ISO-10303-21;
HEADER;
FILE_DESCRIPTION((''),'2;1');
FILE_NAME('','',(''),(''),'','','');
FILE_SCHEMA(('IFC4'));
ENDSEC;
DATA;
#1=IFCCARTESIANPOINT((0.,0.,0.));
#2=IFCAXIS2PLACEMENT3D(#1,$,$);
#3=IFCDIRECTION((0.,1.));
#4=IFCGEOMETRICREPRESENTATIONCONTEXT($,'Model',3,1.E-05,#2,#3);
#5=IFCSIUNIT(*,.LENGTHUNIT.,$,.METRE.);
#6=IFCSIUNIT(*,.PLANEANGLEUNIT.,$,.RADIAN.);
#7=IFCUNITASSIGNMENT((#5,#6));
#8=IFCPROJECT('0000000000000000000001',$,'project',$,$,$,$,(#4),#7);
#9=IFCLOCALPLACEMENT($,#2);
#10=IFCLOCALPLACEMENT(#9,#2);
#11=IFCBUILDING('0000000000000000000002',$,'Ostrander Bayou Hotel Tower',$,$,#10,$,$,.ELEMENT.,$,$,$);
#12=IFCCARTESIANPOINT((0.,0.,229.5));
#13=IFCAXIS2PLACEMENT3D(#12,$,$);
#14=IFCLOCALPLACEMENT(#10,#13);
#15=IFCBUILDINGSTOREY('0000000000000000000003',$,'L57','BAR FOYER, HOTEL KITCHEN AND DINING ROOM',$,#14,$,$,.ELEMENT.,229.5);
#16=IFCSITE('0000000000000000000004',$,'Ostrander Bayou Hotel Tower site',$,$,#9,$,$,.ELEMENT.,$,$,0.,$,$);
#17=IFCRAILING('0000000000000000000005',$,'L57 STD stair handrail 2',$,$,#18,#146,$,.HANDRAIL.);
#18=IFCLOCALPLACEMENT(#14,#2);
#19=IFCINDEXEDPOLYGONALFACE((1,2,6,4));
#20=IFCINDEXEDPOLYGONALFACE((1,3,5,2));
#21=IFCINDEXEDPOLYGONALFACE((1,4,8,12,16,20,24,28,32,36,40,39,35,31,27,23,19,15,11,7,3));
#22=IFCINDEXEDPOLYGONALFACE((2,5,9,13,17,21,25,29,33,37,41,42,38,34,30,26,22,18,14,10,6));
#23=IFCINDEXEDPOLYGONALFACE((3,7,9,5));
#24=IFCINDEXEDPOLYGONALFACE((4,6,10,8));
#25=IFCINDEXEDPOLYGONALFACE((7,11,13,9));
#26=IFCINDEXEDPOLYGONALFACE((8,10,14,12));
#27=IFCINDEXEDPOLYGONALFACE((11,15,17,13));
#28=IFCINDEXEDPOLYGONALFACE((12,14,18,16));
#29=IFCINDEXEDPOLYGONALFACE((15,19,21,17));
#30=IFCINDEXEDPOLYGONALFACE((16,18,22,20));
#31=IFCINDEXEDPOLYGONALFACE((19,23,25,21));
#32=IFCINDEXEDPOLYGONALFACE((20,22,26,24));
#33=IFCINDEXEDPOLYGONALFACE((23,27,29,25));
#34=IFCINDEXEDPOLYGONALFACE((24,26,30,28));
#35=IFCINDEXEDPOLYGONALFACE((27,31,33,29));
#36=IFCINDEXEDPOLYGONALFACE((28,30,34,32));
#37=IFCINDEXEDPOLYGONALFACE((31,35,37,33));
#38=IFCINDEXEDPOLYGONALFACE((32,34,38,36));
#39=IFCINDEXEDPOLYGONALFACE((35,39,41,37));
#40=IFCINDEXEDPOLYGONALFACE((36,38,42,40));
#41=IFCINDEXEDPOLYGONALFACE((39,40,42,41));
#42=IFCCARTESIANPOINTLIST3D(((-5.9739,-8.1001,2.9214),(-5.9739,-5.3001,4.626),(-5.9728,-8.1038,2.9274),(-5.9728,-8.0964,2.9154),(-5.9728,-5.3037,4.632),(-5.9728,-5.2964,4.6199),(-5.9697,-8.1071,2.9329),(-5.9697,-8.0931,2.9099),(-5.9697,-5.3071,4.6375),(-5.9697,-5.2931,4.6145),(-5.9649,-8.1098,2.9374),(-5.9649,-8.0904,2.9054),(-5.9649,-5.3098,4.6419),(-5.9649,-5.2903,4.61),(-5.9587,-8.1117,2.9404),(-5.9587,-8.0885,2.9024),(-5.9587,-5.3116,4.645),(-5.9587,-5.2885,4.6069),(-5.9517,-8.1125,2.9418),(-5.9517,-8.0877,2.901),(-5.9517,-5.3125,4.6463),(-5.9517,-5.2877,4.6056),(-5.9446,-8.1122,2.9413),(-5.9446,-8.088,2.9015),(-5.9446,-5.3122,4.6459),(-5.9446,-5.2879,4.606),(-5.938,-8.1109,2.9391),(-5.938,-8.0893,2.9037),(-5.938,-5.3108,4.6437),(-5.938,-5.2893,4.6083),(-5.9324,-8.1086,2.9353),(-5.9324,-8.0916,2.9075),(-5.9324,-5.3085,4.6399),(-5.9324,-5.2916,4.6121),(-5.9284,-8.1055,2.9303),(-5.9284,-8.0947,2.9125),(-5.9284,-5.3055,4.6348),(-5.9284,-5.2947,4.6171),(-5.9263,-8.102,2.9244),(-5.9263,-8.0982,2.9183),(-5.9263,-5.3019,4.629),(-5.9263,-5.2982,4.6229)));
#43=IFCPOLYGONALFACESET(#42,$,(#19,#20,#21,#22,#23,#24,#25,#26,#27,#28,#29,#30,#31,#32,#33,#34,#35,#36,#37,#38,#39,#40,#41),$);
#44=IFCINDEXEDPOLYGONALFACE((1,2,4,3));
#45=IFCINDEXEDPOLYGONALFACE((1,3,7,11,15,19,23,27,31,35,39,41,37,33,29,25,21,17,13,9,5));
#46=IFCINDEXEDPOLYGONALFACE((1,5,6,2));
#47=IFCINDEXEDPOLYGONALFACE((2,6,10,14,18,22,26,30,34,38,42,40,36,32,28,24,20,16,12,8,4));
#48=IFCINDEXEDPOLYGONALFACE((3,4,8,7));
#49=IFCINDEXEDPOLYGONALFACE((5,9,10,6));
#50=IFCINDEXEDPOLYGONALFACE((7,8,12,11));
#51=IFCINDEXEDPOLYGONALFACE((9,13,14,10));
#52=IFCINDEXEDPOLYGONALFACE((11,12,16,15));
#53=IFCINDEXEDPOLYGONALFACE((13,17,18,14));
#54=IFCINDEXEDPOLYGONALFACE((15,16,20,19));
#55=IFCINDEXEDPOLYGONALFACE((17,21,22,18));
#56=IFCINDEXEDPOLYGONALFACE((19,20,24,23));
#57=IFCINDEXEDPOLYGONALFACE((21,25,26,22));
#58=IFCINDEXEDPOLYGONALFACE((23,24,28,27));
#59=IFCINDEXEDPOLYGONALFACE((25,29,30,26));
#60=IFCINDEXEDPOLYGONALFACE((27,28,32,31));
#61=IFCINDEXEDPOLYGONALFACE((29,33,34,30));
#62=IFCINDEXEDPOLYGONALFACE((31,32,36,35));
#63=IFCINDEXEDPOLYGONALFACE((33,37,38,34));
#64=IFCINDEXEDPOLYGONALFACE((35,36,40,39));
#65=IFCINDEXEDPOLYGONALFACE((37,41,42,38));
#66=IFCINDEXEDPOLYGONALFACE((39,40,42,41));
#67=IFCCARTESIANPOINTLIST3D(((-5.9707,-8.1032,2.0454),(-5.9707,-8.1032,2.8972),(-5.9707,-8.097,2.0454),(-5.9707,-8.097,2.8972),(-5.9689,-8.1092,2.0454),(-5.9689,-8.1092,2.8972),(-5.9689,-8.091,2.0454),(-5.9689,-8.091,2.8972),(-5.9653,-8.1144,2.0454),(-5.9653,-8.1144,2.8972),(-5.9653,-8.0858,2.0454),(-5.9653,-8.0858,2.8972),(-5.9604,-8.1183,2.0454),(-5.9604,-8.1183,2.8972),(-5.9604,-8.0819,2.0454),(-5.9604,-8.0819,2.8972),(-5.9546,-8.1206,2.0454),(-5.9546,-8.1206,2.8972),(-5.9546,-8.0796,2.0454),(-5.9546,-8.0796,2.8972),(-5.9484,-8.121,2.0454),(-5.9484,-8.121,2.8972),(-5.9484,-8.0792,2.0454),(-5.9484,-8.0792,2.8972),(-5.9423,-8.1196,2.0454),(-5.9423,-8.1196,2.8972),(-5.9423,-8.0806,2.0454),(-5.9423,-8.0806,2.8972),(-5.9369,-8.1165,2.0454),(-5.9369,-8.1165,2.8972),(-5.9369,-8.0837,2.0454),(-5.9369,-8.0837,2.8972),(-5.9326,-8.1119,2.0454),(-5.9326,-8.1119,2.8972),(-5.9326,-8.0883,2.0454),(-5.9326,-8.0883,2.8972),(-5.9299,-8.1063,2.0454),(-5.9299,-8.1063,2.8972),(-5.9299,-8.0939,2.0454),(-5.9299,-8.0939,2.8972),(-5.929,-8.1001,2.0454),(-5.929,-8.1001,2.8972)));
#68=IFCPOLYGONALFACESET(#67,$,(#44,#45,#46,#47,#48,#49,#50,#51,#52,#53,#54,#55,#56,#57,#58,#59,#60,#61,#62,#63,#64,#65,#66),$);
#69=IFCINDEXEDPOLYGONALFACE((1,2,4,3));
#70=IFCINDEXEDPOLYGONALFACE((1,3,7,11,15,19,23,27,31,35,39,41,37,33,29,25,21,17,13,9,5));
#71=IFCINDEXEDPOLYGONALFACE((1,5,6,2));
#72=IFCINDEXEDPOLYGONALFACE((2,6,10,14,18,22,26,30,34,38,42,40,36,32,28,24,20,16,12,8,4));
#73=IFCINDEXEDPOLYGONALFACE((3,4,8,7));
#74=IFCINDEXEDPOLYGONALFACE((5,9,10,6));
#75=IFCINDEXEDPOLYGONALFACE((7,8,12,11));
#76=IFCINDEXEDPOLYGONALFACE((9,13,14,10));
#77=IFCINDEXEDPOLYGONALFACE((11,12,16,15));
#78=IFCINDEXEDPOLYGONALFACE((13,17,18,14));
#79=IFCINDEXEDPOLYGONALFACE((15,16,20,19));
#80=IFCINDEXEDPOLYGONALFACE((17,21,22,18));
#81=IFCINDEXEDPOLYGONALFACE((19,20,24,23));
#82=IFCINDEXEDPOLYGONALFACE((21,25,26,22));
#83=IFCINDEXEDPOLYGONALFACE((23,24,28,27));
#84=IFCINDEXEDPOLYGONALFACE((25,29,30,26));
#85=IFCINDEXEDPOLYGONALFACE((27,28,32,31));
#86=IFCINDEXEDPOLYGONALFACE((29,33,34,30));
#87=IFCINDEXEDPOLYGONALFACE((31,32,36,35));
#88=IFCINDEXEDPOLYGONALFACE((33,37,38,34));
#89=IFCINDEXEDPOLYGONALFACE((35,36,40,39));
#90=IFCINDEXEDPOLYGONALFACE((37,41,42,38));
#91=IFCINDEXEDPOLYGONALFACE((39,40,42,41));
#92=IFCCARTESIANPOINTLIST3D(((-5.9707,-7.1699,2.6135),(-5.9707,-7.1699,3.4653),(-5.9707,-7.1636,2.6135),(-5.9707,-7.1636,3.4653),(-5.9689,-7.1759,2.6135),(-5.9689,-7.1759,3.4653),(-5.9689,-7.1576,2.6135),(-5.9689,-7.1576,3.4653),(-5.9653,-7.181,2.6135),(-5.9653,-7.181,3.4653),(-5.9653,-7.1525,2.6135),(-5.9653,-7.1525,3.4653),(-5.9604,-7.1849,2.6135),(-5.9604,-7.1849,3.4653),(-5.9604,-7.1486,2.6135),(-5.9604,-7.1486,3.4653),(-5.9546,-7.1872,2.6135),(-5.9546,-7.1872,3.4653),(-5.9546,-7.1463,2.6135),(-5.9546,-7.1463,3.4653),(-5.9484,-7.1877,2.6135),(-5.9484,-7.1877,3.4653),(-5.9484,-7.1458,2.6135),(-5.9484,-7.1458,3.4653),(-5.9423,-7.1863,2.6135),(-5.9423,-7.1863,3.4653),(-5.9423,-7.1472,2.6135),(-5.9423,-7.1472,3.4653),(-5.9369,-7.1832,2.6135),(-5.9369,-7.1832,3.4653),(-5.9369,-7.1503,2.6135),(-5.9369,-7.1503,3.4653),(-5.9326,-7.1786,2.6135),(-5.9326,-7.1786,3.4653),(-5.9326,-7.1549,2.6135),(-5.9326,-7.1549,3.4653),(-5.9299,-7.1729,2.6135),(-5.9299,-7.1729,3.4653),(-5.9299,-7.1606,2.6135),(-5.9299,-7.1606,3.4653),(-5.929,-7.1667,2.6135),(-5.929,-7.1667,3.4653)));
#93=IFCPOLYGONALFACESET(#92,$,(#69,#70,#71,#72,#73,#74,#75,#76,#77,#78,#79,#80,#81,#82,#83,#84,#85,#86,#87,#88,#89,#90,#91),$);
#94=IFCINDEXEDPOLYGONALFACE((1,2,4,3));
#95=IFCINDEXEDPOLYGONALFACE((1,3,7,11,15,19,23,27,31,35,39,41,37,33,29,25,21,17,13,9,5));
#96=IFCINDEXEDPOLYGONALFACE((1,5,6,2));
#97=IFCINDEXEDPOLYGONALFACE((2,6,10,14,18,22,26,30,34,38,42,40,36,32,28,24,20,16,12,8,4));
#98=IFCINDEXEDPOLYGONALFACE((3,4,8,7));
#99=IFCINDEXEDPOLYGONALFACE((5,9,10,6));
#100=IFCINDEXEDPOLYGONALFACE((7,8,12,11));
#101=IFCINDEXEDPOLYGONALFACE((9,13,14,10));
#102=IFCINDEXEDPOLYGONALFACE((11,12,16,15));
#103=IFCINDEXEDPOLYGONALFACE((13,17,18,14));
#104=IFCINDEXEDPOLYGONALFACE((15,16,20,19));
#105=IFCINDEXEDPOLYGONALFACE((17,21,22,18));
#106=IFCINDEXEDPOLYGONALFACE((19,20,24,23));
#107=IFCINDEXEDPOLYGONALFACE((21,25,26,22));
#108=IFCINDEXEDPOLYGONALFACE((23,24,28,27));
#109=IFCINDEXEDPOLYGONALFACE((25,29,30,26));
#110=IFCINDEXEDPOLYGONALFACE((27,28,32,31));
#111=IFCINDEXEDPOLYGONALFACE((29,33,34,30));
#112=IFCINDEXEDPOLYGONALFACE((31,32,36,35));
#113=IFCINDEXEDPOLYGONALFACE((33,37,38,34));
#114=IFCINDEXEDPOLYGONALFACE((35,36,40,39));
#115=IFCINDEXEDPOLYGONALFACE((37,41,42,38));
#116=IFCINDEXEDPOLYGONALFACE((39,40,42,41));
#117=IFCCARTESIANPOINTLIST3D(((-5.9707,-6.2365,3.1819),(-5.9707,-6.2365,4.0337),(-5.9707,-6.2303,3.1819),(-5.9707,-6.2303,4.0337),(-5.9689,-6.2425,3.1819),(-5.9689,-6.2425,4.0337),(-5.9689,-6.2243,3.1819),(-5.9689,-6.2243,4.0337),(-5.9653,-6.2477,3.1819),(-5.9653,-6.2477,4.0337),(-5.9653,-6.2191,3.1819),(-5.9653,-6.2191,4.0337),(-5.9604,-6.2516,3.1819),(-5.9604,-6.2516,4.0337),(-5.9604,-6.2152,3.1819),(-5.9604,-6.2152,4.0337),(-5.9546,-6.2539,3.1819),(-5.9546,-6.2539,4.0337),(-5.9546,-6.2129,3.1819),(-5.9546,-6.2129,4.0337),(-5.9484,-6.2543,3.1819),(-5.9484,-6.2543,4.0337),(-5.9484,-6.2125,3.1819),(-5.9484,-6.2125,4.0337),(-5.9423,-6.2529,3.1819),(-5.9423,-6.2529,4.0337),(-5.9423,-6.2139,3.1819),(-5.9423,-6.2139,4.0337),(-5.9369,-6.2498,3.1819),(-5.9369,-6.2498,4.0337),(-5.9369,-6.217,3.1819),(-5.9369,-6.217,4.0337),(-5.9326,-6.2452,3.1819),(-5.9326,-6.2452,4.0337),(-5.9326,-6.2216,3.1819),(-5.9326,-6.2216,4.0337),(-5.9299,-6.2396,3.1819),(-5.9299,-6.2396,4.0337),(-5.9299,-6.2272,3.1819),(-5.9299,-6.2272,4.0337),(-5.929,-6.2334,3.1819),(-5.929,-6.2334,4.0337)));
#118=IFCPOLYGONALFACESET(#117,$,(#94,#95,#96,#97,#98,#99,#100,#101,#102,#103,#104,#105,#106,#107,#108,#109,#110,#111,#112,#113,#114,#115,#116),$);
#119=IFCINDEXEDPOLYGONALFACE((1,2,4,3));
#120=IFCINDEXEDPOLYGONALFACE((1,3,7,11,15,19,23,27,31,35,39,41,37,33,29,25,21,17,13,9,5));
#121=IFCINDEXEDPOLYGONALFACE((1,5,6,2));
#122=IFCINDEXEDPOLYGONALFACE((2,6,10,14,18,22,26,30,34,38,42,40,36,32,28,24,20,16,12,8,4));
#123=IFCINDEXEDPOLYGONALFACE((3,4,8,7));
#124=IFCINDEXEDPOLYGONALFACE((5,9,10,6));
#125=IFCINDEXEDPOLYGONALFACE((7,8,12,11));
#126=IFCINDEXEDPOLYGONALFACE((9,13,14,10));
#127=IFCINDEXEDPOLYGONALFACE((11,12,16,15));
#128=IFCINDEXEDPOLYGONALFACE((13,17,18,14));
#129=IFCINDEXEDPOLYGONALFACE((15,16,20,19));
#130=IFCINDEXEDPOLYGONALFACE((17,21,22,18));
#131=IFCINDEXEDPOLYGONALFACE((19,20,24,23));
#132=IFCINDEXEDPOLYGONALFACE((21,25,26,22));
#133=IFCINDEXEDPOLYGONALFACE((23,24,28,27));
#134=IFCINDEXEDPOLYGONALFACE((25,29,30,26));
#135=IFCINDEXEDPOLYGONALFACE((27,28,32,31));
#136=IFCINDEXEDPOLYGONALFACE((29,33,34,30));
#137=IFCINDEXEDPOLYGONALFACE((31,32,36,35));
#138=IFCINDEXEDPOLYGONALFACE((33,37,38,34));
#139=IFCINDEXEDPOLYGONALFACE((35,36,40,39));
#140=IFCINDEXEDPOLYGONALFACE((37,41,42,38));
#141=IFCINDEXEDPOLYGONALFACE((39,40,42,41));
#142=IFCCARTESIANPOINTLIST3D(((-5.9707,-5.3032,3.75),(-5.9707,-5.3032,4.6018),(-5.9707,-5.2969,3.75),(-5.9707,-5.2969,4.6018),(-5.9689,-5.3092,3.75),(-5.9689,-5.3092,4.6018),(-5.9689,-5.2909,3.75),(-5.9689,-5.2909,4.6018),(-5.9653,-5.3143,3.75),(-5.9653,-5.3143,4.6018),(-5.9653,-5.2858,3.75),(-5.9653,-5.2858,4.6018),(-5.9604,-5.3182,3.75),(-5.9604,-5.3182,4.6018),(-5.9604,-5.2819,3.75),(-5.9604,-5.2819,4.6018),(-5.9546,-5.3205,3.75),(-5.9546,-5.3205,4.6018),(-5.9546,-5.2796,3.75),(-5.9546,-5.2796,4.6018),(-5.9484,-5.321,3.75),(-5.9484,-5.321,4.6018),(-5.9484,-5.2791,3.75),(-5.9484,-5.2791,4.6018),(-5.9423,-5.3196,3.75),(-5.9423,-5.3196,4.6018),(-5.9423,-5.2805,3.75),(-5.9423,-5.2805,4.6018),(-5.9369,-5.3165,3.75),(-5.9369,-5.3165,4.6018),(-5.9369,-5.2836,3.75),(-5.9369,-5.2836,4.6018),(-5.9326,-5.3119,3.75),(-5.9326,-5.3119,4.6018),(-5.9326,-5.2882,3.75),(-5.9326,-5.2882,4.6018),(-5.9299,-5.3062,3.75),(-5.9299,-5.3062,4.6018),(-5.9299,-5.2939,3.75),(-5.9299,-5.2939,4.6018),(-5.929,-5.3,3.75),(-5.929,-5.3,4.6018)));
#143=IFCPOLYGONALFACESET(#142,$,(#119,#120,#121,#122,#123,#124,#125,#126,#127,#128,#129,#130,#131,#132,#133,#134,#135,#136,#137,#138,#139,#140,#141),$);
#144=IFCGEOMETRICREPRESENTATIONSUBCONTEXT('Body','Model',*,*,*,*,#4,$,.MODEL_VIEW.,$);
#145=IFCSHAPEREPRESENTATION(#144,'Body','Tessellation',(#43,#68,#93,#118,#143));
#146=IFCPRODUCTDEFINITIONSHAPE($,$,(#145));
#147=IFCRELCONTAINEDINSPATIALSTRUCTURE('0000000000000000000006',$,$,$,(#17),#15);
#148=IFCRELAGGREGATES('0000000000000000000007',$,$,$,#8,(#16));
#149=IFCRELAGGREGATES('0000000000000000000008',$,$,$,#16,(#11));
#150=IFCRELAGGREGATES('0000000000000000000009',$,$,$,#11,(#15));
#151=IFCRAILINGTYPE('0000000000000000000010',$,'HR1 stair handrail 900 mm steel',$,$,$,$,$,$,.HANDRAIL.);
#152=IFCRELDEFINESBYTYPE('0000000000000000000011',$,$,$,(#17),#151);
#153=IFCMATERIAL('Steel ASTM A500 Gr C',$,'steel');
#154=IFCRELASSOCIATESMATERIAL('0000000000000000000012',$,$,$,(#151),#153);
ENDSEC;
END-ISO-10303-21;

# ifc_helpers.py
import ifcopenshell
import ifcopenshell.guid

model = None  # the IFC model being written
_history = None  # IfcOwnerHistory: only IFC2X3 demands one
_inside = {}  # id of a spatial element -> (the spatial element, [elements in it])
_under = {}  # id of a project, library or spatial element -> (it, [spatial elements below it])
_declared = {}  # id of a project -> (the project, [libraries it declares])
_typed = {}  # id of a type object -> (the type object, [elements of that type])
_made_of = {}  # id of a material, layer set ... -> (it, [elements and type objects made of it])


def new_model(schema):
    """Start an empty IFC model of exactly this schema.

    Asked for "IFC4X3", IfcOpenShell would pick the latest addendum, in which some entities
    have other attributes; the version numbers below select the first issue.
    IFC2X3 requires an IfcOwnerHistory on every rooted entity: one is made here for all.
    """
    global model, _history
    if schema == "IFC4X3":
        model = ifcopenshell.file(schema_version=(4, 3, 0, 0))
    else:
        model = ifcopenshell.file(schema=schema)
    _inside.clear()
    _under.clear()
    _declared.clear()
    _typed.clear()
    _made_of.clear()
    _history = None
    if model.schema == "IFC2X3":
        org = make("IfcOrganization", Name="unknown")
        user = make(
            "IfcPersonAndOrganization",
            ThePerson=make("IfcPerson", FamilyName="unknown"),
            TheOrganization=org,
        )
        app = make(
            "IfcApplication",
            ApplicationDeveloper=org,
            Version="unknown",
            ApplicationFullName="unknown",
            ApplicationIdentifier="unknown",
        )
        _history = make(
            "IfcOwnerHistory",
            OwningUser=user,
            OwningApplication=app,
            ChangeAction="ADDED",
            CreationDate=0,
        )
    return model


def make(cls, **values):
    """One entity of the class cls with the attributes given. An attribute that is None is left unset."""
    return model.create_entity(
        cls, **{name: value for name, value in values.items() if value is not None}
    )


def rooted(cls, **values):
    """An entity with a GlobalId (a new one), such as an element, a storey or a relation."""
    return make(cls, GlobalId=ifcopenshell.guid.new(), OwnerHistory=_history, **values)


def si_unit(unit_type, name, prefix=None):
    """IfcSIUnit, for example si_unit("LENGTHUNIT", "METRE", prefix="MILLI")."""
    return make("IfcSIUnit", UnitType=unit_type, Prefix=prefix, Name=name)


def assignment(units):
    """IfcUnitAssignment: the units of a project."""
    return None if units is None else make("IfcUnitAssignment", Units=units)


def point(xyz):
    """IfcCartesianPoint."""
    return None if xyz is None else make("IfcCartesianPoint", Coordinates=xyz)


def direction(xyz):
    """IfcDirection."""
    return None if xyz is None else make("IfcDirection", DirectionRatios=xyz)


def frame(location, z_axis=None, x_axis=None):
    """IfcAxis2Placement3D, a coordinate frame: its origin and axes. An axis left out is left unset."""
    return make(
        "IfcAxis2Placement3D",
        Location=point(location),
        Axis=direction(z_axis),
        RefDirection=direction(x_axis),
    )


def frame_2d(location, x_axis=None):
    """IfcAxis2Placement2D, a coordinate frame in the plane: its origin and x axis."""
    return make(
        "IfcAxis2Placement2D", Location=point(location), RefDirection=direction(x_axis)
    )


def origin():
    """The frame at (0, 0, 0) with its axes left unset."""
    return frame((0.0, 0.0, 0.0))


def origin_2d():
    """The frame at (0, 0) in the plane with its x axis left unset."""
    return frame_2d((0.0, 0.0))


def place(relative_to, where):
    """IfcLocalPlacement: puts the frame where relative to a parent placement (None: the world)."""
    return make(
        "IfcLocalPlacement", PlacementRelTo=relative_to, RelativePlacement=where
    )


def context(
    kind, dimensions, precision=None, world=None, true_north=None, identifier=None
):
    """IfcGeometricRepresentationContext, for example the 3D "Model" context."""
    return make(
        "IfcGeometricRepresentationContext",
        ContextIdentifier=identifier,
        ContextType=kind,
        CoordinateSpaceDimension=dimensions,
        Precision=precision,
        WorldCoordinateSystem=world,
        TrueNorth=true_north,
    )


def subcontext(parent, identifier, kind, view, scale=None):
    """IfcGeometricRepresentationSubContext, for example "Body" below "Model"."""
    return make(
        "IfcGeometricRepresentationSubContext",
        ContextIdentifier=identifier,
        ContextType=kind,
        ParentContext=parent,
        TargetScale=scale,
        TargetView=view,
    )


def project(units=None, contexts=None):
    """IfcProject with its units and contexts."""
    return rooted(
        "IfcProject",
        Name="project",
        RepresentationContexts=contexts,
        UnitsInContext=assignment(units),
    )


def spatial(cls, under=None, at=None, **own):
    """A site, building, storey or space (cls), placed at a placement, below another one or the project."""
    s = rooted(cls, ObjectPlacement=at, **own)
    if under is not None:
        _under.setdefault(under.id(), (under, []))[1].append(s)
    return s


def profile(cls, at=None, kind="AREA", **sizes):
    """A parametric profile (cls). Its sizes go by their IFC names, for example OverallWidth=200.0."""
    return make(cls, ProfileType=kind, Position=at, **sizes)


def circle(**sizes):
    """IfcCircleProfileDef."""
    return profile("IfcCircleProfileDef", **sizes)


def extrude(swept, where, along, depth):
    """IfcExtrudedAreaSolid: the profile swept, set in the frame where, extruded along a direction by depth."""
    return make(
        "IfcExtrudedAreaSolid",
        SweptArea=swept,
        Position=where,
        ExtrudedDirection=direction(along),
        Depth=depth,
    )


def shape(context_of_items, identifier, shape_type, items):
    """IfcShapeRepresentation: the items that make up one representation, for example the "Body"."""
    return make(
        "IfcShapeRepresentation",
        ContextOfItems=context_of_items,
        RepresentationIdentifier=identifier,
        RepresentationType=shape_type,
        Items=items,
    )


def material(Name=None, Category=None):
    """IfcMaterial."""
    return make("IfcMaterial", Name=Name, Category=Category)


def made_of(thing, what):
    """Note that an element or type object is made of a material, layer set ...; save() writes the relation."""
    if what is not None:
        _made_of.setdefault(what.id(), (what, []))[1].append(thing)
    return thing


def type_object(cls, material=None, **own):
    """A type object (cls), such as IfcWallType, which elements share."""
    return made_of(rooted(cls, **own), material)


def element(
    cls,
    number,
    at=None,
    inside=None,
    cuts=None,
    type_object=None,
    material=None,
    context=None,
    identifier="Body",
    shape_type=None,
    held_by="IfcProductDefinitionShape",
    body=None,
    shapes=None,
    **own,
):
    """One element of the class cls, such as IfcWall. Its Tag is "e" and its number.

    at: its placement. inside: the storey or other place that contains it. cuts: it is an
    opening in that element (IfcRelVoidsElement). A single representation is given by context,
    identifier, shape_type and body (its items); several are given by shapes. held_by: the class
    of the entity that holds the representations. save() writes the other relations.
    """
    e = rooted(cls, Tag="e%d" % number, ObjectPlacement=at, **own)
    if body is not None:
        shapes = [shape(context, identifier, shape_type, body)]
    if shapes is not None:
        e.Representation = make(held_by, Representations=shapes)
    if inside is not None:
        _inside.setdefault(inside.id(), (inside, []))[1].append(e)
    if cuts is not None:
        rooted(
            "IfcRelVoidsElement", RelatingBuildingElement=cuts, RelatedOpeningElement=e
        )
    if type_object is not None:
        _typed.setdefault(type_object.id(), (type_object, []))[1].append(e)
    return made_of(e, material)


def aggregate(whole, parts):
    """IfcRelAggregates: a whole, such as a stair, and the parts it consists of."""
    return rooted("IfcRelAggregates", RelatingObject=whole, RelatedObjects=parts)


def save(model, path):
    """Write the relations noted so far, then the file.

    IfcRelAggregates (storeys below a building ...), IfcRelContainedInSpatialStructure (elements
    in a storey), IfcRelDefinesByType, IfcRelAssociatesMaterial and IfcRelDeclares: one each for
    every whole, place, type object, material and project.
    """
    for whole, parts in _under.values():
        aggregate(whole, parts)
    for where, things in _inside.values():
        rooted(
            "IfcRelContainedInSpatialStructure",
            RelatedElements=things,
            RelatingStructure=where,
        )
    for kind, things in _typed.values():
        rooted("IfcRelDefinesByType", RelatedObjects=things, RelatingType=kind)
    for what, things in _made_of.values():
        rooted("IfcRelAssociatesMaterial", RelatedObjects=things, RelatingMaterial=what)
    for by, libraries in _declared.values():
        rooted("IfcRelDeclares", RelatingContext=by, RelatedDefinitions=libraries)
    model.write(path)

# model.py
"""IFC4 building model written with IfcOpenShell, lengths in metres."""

from ifc_helpers import new_model, si_unit, direction, frame, origin, origin_2d, place, context, subcontext, project, spatial, circle, extrude, material, type_object, element, save


model = new_model("IFC4")

# Units and contexts
model_context = context("Model", 3, precision=1e-05, world=origin(), true_north=direction((0.0, 1.0)))
body_context = subcontext(model_context, "Body", "Model", "MODEL_VIEW")
ifc_project = project(units=[si_unit("LENGTHUNIT", "METRE"), si_unit("PLANEANGLEUNIT", "RADIAN")], contexts=[model_context])

# Site, building, storey
site_placement = place(None, origin())
site = spatial("IfcSite", under=ifc_project, at=site_placement, Name="Ostrander Bayou Hotel Tower site", CompositionType="ELEMENT", RefElevation=0.0)
building_placement = place(site_placement, origin())
building = spatial("IfcBuilding", under=site, at=building_placement, Name="Ostrander Bayou Hotel Tower", CompositionType="ELEMENT")
storey_placement = place(building_placement, frame((0.0, 0.0, 229.5)))
storey = spatial("IfcBuildingStorey", under=building, at=storey_placement, Name="L57", Description="BAR FOYER, HOTEL KITCHEN AND DINING ROOM", CompositionType="ELEMENT", Elevation=229.5)

# Railing
ifc_material_1 = material(Name="Steel ASTM A500 Gr C", Category="steel")
railing_type_1 = type_object("IfcRailingType", Name="HR1 stair handrail 900 mm steel", PredefinedType="HANDRAIL", material=ifc_material_1)
railing_1_placement = place(storey_placement, frame((-5.95, -8.1001, 2.0454)))
element("IfcRailing", 1, at=railing_1_placement, inside=storey, type_object=railing_type_1, Name="L57 STD stair handrail 2", PredefinedType="HANDRAIL", context=body_context, shape_type="SweptSolid", body=[
    extrude(circle(Radius=0.0239, at=origin_2d()), frame((0.0, 0.0, 0.876), z_axis=(0.0, 0.85417, 0.519994), x_axis=(-1.0, 0.0, 0.0)), (0.0, 0.0, 1.0), 3.2781),
    extrude(circle(Radius=0.021, at=origin_2d()), origin(), (0.0, 0.0, 1.0), 0.8518),
    extrude(circle(Radius=0.021, at=origin_2d()), frame((0.0, 0.9333, 0.5681)), (0.0, 0.0, 1.0), 0.8518),
    extrude(circle(Radius=0.021, at=origin_2d()), frame((0.0, 1.8667, 1.1365)), (0.0, 0.0, 1.0), 0.8518),
    extrude(circle(Radius=0.021, at=origin_2d()), frame((0.0, 2.8, 1.7046)), (0.0, 0.0, 1.0), 0.8518),
])

save(model, "model.ifc")
